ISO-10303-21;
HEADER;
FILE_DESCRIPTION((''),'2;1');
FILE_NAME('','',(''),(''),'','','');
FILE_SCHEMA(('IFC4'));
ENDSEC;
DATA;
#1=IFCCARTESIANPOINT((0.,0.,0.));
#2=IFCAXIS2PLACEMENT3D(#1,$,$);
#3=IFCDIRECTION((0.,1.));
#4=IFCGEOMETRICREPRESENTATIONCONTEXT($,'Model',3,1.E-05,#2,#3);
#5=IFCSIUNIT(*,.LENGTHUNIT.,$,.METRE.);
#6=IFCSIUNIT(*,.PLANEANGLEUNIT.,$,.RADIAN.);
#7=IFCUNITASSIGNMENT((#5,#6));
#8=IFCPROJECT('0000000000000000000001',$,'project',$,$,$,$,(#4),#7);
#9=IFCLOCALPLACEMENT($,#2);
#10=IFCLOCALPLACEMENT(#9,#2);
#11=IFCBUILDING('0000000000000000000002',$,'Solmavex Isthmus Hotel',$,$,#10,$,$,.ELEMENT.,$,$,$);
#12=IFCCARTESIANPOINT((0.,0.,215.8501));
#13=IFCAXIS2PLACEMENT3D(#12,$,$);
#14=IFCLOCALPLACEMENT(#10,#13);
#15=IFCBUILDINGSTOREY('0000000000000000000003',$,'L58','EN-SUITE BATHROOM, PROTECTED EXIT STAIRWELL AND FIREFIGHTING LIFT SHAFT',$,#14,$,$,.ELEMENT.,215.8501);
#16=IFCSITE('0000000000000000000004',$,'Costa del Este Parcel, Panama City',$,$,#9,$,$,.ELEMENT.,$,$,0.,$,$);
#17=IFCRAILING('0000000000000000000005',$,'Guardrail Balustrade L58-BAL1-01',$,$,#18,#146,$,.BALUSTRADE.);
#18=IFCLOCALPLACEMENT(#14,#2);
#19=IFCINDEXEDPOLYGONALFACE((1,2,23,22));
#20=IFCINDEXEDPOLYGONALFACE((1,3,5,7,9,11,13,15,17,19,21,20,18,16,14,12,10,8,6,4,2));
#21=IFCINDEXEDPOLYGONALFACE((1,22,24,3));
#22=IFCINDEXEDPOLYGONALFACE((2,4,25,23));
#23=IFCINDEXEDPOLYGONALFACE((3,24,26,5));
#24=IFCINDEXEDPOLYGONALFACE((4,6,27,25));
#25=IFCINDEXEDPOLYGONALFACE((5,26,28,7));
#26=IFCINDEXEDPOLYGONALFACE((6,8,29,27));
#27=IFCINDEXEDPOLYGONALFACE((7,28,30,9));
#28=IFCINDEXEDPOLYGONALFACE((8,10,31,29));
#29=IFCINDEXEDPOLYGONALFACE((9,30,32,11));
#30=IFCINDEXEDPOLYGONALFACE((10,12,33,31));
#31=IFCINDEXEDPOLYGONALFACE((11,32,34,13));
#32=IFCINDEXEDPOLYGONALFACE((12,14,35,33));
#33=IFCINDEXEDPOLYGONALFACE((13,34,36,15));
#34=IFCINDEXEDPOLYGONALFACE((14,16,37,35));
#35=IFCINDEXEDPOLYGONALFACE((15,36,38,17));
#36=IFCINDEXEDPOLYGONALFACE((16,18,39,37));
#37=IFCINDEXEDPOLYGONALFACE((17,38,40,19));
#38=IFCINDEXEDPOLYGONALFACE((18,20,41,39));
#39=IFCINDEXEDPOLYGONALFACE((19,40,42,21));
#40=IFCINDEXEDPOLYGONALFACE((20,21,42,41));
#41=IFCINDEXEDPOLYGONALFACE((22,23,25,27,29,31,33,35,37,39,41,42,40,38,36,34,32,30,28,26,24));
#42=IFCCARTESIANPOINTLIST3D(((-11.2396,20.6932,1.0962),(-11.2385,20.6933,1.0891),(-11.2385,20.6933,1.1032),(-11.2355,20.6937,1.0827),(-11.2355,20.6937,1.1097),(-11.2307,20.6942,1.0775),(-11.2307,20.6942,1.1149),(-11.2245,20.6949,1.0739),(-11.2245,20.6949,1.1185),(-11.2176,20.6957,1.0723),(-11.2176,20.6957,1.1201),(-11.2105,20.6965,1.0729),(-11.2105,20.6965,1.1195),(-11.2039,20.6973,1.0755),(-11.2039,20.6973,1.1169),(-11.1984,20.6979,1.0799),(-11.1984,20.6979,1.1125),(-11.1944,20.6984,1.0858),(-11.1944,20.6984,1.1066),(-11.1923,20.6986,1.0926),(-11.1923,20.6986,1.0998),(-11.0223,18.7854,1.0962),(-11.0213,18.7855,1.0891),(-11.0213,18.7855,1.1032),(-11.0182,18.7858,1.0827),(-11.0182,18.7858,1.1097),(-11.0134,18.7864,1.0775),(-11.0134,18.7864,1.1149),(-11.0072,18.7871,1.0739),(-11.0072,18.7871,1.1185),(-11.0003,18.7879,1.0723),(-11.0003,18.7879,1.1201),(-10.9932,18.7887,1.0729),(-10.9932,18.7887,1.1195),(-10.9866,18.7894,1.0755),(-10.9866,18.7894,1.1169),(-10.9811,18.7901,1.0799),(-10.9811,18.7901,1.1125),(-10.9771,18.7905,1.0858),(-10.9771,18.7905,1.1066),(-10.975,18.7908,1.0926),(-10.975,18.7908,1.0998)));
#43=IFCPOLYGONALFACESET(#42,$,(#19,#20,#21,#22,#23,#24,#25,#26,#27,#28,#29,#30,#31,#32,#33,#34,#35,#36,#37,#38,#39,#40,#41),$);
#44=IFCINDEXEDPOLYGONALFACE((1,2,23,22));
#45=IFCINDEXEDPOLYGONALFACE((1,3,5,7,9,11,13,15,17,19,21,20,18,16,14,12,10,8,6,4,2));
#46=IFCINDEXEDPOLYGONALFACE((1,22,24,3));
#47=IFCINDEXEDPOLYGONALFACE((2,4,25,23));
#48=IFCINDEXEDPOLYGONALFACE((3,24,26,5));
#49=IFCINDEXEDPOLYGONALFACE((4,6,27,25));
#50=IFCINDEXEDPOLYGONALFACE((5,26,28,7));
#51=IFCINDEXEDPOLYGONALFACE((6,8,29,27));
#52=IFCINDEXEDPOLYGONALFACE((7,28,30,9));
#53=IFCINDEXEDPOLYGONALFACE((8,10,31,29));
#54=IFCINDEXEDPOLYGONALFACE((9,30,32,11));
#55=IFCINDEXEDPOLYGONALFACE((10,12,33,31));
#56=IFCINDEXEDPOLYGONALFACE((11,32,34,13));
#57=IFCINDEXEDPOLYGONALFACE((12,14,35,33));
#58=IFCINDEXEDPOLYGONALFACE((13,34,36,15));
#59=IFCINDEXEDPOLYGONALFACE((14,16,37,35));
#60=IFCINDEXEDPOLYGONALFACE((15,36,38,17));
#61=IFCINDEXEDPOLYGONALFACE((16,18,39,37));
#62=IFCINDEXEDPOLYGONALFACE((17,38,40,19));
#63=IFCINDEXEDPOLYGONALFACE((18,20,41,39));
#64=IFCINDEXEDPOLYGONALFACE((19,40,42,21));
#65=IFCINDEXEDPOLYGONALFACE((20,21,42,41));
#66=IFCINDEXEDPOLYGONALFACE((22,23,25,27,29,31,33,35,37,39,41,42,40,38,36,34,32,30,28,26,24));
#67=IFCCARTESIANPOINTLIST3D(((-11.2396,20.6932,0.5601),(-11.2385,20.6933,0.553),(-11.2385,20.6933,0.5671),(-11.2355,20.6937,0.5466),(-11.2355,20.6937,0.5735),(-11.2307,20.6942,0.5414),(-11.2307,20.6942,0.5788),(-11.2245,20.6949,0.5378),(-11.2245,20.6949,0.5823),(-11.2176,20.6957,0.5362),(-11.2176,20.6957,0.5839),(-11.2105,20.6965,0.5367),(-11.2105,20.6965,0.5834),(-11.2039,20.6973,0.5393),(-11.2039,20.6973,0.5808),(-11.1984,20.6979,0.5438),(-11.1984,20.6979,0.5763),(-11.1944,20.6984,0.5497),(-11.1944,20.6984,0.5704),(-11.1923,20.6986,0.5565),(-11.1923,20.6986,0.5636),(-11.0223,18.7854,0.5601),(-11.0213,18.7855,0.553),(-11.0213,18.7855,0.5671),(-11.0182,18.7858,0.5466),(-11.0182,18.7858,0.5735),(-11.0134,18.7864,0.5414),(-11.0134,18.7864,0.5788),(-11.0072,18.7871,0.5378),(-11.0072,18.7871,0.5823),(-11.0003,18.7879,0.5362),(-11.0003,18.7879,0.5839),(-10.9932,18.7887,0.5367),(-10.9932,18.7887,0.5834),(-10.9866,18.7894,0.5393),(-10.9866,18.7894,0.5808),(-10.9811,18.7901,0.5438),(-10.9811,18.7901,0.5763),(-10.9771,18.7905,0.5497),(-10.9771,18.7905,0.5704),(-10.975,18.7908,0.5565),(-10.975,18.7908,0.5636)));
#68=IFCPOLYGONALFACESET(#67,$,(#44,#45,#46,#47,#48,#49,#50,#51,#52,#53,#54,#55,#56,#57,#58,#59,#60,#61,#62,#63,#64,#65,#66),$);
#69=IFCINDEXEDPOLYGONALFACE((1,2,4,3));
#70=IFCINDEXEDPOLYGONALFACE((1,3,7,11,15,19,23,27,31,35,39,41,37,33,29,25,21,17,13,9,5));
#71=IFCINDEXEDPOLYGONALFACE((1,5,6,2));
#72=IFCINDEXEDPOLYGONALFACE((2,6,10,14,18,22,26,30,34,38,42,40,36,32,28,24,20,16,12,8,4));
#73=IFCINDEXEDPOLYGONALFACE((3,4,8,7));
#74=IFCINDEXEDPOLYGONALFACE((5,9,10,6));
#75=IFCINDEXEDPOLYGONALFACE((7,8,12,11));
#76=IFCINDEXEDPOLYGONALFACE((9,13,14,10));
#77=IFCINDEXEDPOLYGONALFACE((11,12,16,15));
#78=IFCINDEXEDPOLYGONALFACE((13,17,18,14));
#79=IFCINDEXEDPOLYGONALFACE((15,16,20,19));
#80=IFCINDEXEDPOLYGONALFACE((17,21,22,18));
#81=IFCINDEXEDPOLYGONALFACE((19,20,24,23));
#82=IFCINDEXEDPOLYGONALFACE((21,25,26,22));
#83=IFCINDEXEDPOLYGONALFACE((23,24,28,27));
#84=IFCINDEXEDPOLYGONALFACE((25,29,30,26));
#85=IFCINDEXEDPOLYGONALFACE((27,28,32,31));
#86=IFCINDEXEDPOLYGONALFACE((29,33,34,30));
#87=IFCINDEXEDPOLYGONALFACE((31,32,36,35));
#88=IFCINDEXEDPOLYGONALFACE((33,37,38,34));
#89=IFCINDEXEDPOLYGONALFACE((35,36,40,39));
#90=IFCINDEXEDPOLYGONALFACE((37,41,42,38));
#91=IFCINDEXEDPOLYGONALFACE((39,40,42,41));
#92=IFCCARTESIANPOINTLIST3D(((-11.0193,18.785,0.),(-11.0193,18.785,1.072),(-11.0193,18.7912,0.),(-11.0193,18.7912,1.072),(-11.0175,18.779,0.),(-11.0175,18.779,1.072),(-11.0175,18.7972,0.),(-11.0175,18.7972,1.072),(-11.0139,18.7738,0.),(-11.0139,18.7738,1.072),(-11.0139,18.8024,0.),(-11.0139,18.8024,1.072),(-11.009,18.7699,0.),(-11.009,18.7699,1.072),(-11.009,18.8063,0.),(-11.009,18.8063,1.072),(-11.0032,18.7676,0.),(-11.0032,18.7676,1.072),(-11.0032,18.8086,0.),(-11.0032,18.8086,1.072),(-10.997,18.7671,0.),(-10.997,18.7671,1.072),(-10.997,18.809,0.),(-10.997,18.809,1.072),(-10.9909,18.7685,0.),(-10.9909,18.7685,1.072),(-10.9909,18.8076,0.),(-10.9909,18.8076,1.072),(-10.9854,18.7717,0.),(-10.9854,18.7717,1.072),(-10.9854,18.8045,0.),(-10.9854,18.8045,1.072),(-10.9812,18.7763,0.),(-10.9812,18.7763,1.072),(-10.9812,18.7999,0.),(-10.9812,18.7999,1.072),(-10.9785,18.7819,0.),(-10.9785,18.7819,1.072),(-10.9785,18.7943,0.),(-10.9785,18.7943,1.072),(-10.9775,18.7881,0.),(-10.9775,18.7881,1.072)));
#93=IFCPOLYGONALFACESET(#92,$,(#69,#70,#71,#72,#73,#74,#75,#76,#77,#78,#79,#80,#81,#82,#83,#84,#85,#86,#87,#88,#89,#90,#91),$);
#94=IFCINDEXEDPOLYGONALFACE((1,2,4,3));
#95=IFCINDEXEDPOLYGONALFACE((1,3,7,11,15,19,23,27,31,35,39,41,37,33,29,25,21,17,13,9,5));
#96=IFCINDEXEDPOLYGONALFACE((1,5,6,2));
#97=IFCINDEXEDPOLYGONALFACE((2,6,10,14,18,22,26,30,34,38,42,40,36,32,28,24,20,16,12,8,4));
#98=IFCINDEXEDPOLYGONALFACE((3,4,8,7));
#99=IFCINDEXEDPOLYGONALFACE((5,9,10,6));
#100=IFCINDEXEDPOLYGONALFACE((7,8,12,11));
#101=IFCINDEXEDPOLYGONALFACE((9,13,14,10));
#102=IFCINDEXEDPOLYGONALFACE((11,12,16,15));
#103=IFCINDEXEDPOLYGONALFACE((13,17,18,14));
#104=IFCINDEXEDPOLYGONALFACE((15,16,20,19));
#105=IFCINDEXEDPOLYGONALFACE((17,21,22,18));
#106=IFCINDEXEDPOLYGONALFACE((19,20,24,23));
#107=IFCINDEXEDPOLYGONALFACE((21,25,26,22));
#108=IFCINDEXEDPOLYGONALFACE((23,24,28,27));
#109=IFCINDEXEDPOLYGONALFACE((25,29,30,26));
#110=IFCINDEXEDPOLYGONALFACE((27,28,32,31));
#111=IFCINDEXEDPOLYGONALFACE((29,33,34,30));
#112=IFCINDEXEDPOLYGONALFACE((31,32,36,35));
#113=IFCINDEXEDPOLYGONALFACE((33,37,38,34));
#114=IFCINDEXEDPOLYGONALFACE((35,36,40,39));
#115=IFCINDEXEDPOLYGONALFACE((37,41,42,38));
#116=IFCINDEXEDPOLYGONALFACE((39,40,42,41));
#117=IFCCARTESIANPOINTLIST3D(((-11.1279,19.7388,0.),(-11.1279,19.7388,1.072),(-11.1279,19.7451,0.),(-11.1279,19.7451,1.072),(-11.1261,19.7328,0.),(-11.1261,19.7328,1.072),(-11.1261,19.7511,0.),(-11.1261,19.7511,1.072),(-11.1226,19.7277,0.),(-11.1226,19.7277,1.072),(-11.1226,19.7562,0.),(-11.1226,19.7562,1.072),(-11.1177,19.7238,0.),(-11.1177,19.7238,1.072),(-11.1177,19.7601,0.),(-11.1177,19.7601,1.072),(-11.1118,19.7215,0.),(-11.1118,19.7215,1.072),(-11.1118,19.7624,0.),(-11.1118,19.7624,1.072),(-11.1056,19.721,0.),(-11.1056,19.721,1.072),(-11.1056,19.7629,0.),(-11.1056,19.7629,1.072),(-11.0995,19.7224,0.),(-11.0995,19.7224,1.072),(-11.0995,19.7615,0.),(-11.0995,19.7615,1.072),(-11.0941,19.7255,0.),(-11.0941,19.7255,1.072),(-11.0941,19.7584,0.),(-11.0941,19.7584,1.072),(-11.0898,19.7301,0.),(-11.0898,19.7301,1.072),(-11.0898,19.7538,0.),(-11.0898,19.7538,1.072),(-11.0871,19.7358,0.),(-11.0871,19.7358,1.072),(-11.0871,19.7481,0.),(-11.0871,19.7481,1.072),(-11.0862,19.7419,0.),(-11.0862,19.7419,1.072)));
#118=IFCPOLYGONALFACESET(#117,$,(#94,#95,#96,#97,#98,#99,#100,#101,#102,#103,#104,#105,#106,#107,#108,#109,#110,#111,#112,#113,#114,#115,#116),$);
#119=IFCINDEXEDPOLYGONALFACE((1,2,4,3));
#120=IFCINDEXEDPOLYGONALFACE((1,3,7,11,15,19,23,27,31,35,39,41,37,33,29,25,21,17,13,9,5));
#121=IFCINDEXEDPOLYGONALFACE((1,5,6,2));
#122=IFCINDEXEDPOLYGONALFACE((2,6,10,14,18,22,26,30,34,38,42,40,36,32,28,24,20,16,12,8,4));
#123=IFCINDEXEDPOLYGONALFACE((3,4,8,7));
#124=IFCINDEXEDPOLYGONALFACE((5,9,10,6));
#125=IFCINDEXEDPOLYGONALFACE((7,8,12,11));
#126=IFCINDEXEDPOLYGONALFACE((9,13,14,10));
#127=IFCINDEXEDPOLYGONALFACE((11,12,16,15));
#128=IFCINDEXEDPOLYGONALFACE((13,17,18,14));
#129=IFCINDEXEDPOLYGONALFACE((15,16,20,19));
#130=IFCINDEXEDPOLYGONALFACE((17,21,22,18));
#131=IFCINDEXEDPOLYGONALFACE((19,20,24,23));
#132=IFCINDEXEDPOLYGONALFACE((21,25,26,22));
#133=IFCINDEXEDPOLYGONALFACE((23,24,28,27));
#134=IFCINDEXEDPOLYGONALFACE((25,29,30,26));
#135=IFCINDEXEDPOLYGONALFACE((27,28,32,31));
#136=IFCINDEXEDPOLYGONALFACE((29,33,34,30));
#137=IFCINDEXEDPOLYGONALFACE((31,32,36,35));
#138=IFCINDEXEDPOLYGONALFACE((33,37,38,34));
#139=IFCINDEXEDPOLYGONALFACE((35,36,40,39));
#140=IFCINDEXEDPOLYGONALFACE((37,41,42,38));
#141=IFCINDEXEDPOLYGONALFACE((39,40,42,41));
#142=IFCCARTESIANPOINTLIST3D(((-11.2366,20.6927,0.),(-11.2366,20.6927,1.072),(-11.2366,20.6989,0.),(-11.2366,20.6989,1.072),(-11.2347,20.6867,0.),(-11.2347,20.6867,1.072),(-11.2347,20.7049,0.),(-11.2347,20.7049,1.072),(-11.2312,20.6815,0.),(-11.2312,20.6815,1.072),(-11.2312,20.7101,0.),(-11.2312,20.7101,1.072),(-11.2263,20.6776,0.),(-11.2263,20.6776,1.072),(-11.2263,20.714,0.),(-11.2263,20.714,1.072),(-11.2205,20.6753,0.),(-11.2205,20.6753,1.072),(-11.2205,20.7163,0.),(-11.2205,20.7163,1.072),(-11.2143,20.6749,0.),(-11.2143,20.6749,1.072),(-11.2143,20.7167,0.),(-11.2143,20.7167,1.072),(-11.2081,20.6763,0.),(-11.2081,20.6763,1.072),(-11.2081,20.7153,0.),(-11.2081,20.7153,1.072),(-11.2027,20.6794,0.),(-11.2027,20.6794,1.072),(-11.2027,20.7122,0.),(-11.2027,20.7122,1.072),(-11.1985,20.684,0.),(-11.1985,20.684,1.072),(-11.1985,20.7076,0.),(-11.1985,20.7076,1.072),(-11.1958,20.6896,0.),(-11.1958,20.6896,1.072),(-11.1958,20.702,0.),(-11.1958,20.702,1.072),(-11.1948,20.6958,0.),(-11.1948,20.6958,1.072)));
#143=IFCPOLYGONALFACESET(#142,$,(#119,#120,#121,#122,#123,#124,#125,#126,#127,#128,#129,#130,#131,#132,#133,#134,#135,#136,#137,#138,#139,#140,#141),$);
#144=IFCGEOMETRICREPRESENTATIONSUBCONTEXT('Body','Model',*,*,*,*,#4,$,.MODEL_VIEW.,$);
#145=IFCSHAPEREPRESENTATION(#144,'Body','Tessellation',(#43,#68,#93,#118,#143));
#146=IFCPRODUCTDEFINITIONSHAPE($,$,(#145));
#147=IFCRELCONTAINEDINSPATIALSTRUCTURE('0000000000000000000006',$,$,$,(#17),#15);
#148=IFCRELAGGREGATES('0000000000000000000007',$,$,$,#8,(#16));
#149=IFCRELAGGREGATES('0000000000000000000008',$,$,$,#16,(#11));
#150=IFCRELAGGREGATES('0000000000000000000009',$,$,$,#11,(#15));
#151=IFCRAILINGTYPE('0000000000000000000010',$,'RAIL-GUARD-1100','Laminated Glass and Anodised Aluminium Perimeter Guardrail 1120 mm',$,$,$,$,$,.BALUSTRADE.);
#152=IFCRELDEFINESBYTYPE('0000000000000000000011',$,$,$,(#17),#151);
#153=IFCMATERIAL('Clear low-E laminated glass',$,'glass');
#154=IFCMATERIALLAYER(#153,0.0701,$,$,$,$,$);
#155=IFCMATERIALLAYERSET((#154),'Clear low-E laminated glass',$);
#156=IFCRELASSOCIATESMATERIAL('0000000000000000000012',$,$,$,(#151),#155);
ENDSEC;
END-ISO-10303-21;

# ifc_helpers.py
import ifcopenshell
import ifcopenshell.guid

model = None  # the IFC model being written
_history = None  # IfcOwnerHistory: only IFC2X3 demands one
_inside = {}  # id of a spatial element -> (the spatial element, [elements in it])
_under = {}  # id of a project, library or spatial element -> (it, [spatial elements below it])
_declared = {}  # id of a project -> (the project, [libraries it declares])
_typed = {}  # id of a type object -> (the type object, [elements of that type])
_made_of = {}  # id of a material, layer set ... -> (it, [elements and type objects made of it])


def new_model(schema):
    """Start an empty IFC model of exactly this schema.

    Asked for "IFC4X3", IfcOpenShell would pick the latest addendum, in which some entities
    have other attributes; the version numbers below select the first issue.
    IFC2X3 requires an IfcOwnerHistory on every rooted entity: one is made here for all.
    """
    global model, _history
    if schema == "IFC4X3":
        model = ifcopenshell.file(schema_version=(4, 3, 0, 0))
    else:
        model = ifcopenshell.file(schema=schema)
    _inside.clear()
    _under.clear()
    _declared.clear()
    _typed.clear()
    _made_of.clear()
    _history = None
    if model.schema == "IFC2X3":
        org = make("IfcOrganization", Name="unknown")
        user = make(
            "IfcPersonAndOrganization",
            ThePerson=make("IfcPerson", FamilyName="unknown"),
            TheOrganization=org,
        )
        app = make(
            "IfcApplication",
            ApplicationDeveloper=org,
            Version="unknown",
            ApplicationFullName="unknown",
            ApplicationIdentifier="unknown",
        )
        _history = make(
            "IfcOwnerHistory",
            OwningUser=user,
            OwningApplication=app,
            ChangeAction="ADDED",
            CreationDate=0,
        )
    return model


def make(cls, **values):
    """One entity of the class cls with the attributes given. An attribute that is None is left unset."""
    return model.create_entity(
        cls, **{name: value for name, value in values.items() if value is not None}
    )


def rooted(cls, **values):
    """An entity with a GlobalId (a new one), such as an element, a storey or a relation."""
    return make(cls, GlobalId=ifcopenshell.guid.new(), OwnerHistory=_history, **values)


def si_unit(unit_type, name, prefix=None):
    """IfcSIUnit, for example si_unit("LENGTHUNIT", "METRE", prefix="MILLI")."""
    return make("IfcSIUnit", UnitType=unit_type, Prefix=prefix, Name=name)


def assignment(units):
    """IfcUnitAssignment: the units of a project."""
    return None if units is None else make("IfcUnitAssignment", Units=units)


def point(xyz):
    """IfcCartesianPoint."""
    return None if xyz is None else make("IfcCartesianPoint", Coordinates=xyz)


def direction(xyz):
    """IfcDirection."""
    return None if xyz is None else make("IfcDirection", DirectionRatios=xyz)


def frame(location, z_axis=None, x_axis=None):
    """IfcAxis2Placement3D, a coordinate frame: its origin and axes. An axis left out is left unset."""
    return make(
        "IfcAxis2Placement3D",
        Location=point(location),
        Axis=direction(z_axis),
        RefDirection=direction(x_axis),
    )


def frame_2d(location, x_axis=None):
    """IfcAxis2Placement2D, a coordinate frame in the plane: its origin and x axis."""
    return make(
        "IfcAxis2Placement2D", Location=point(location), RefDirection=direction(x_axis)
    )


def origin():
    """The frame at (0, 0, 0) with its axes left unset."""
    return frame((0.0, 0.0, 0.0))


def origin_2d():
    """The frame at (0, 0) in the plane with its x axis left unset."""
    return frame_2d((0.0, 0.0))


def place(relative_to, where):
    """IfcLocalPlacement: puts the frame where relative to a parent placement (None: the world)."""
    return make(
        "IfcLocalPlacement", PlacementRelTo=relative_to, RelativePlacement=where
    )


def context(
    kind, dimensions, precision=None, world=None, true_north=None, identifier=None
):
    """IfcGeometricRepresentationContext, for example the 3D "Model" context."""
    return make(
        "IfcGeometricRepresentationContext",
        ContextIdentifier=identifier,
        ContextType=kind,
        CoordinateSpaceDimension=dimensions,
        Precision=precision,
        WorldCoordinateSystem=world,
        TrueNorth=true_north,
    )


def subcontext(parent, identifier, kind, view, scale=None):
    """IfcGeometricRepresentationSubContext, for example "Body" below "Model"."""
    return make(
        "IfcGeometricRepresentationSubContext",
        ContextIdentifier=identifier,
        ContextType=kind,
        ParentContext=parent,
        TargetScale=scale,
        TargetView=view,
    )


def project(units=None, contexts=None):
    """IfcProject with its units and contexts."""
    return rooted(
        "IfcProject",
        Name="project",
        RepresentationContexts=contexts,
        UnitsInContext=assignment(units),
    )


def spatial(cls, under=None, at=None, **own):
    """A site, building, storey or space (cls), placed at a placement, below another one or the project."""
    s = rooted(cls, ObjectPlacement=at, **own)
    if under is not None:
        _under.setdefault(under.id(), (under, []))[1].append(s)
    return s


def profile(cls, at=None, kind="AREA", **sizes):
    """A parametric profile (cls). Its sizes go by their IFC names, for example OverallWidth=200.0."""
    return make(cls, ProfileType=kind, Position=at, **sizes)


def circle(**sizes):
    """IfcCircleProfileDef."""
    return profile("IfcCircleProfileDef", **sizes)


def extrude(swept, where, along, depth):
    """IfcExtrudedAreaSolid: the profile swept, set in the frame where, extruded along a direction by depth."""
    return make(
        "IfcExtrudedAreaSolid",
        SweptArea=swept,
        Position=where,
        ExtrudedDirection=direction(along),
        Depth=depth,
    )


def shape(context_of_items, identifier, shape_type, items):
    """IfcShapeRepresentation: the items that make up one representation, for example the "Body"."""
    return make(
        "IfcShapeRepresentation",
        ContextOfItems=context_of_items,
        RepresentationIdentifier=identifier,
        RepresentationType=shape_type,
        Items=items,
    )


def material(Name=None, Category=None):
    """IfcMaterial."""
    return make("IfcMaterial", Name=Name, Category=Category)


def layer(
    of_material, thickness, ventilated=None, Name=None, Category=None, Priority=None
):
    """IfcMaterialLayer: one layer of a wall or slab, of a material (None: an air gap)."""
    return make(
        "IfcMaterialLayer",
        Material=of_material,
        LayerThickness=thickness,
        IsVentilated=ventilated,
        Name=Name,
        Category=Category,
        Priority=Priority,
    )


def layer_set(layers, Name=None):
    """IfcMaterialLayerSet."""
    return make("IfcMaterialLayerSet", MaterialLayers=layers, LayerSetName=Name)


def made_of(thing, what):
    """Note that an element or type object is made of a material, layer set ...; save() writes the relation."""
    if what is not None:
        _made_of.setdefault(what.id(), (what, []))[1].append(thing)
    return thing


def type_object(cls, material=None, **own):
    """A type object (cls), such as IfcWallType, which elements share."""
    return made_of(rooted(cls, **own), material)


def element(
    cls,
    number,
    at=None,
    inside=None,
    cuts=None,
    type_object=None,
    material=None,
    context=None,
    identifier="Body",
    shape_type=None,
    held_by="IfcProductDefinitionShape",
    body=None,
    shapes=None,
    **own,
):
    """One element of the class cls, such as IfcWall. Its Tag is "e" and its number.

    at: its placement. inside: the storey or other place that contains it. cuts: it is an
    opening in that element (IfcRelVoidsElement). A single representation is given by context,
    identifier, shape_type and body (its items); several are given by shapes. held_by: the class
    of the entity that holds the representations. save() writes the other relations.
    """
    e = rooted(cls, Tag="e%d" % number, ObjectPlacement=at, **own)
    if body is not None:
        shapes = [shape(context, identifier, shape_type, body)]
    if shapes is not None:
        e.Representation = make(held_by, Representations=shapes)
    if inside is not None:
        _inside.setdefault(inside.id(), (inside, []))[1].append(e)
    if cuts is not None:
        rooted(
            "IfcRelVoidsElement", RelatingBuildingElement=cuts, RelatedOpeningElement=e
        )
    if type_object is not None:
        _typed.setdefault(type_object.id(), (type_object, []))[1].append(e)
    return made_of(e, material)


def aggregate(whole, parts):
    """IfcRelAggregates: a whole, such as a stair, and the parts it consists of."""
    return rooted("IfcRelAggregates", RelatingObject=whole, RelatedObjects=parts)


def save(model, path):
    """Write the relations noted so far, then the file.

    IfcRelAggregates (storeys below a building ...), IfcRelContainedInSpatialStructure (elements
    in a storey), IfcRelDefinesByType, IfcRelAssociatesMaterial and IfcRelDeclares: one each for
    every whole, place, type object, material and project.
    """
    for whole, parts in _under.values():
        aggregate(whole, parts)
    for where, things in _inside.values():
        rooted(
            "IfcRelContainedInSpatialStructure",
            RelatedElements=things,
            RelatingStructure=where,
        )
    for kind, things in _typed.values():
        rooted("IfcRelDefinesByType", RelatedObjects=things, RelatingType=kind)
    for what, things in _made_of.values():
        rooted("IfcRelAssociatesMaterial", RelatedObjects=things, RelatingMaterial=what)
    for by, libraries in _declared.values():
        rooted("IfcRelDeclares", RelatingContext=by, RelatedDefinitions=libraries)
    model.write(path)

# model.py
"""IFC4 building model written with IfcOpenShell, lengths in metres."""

from ifc_helpers import new_model, si_unit, direction, frame, origin, origin_2d, place, context, subcontext, project, spatial, circle, extrude, material, layer, layer_set, type_object, element, save


model = new_model("IFC4")

# Units and contexts
model_context = context("Model", 3, precision=1e-05, world=origin(), true_north=direction((0.0, 1.0)))
body_context = subcontext(model_context, "Body", "Model", "MODEL_VIEW")
ifc_project = project(units=[si_unit("LENGTHUNIT", "METRE"), si_unit("PLANEANGLEUNIT", "RADIAN")], contexts=[model_context])

# Site, building, storey
site_placement = place(None, origin())
site = spatial("IfcSite", under=ifc_project, at=site_placement, Name="Costa del Este Parcel, Panama City", CompositionType="ELEMENT", RefElevation=0.0)
building_placement = place(site_placement, origin())
building = spatial("IfcBuilding", under=site, at=building_placement, Name="Solmavex Isthmus Hotel", CompositionType="ELEMENT")
storey_placement = place(building_placement, frame((0.0, 0.0, 215.8501)))
storey = spatial("IfcBuildingStorey", under=building, at=storey_placement, Name="L58", Description="EN-SUITE BATHROOM, PROTECTED EXIT STAIRWELL AND FIREFIGHTING LIFT SHAFT", CompositionType="ELEMENT", Elevation=215.8501)

# Shared definitions
ifc_material_1 = material(Name="Clear low-E laminated glass", Category="glass")

# Railing
ifc_layer_1 = layer(ifc_material_1, 0.0701)
ifc_layer_set_1 = layer_set([ifc_layer_1], Name="Clear low-E laminated glass")
railing_type = type_object("IfcRailingType", Name="RAIL-GUARD-1100", Description="Laminated Glass and Anodised Aluminium Perimeter Guardrail 1120 mm", PredefinedType="BALUSTRADE", material=ifc_layer_set_1)
railing_1_placement = place(storey_placement, frame((-10.9985, 18.7881, 0.0)))
element("IfcRailing", 1, at=railing_1_placement, inside=storey, type_object=railing_type, Name="Guardrail Balustrade L58-BAL1-01", PredefinedType="BALUSTRADE", context=body_context, shape_type="SweptSolid", body=[
    extrude(circle(Radius=0.0239, at=origin_2d()), frame((0.0, 0.0, 1.0962), z_axis=(-0.113166, 0.993576, 0.0), x_axis=(-0.993576, -0.113166, 0.0)), (0.0, 0.0, 1.0), 1.9202),
    extrude(circle(Radius=0.0239, at=origin_2d()), frame((0.0, 0.0, 0.5601), z_axis=(-0.113166, 0.993576, 0.0), x_axis=(-0.993576, -0.113166, 0.0)), (0.0, 0.0, 1.0), 1.9202),
    extrude(circle(Radius=0.021, at=origin_2d()), origin(), (0.0, 0.0, 1.0), 1.072),
    extrude(circle(Radius=0.021, at=origin_2d()), frame((-0.1086, 0.9539, 0.0)), (0.0, 0.0, 1.0), 1.072),
    extrude(circle(Radius=0.021, at=origin_2d()), frame((-0.2173, 1.9077, 0.0)), (0.0, 0.0, 1.0), 1.072),
])

save(model, "model.ifc")
